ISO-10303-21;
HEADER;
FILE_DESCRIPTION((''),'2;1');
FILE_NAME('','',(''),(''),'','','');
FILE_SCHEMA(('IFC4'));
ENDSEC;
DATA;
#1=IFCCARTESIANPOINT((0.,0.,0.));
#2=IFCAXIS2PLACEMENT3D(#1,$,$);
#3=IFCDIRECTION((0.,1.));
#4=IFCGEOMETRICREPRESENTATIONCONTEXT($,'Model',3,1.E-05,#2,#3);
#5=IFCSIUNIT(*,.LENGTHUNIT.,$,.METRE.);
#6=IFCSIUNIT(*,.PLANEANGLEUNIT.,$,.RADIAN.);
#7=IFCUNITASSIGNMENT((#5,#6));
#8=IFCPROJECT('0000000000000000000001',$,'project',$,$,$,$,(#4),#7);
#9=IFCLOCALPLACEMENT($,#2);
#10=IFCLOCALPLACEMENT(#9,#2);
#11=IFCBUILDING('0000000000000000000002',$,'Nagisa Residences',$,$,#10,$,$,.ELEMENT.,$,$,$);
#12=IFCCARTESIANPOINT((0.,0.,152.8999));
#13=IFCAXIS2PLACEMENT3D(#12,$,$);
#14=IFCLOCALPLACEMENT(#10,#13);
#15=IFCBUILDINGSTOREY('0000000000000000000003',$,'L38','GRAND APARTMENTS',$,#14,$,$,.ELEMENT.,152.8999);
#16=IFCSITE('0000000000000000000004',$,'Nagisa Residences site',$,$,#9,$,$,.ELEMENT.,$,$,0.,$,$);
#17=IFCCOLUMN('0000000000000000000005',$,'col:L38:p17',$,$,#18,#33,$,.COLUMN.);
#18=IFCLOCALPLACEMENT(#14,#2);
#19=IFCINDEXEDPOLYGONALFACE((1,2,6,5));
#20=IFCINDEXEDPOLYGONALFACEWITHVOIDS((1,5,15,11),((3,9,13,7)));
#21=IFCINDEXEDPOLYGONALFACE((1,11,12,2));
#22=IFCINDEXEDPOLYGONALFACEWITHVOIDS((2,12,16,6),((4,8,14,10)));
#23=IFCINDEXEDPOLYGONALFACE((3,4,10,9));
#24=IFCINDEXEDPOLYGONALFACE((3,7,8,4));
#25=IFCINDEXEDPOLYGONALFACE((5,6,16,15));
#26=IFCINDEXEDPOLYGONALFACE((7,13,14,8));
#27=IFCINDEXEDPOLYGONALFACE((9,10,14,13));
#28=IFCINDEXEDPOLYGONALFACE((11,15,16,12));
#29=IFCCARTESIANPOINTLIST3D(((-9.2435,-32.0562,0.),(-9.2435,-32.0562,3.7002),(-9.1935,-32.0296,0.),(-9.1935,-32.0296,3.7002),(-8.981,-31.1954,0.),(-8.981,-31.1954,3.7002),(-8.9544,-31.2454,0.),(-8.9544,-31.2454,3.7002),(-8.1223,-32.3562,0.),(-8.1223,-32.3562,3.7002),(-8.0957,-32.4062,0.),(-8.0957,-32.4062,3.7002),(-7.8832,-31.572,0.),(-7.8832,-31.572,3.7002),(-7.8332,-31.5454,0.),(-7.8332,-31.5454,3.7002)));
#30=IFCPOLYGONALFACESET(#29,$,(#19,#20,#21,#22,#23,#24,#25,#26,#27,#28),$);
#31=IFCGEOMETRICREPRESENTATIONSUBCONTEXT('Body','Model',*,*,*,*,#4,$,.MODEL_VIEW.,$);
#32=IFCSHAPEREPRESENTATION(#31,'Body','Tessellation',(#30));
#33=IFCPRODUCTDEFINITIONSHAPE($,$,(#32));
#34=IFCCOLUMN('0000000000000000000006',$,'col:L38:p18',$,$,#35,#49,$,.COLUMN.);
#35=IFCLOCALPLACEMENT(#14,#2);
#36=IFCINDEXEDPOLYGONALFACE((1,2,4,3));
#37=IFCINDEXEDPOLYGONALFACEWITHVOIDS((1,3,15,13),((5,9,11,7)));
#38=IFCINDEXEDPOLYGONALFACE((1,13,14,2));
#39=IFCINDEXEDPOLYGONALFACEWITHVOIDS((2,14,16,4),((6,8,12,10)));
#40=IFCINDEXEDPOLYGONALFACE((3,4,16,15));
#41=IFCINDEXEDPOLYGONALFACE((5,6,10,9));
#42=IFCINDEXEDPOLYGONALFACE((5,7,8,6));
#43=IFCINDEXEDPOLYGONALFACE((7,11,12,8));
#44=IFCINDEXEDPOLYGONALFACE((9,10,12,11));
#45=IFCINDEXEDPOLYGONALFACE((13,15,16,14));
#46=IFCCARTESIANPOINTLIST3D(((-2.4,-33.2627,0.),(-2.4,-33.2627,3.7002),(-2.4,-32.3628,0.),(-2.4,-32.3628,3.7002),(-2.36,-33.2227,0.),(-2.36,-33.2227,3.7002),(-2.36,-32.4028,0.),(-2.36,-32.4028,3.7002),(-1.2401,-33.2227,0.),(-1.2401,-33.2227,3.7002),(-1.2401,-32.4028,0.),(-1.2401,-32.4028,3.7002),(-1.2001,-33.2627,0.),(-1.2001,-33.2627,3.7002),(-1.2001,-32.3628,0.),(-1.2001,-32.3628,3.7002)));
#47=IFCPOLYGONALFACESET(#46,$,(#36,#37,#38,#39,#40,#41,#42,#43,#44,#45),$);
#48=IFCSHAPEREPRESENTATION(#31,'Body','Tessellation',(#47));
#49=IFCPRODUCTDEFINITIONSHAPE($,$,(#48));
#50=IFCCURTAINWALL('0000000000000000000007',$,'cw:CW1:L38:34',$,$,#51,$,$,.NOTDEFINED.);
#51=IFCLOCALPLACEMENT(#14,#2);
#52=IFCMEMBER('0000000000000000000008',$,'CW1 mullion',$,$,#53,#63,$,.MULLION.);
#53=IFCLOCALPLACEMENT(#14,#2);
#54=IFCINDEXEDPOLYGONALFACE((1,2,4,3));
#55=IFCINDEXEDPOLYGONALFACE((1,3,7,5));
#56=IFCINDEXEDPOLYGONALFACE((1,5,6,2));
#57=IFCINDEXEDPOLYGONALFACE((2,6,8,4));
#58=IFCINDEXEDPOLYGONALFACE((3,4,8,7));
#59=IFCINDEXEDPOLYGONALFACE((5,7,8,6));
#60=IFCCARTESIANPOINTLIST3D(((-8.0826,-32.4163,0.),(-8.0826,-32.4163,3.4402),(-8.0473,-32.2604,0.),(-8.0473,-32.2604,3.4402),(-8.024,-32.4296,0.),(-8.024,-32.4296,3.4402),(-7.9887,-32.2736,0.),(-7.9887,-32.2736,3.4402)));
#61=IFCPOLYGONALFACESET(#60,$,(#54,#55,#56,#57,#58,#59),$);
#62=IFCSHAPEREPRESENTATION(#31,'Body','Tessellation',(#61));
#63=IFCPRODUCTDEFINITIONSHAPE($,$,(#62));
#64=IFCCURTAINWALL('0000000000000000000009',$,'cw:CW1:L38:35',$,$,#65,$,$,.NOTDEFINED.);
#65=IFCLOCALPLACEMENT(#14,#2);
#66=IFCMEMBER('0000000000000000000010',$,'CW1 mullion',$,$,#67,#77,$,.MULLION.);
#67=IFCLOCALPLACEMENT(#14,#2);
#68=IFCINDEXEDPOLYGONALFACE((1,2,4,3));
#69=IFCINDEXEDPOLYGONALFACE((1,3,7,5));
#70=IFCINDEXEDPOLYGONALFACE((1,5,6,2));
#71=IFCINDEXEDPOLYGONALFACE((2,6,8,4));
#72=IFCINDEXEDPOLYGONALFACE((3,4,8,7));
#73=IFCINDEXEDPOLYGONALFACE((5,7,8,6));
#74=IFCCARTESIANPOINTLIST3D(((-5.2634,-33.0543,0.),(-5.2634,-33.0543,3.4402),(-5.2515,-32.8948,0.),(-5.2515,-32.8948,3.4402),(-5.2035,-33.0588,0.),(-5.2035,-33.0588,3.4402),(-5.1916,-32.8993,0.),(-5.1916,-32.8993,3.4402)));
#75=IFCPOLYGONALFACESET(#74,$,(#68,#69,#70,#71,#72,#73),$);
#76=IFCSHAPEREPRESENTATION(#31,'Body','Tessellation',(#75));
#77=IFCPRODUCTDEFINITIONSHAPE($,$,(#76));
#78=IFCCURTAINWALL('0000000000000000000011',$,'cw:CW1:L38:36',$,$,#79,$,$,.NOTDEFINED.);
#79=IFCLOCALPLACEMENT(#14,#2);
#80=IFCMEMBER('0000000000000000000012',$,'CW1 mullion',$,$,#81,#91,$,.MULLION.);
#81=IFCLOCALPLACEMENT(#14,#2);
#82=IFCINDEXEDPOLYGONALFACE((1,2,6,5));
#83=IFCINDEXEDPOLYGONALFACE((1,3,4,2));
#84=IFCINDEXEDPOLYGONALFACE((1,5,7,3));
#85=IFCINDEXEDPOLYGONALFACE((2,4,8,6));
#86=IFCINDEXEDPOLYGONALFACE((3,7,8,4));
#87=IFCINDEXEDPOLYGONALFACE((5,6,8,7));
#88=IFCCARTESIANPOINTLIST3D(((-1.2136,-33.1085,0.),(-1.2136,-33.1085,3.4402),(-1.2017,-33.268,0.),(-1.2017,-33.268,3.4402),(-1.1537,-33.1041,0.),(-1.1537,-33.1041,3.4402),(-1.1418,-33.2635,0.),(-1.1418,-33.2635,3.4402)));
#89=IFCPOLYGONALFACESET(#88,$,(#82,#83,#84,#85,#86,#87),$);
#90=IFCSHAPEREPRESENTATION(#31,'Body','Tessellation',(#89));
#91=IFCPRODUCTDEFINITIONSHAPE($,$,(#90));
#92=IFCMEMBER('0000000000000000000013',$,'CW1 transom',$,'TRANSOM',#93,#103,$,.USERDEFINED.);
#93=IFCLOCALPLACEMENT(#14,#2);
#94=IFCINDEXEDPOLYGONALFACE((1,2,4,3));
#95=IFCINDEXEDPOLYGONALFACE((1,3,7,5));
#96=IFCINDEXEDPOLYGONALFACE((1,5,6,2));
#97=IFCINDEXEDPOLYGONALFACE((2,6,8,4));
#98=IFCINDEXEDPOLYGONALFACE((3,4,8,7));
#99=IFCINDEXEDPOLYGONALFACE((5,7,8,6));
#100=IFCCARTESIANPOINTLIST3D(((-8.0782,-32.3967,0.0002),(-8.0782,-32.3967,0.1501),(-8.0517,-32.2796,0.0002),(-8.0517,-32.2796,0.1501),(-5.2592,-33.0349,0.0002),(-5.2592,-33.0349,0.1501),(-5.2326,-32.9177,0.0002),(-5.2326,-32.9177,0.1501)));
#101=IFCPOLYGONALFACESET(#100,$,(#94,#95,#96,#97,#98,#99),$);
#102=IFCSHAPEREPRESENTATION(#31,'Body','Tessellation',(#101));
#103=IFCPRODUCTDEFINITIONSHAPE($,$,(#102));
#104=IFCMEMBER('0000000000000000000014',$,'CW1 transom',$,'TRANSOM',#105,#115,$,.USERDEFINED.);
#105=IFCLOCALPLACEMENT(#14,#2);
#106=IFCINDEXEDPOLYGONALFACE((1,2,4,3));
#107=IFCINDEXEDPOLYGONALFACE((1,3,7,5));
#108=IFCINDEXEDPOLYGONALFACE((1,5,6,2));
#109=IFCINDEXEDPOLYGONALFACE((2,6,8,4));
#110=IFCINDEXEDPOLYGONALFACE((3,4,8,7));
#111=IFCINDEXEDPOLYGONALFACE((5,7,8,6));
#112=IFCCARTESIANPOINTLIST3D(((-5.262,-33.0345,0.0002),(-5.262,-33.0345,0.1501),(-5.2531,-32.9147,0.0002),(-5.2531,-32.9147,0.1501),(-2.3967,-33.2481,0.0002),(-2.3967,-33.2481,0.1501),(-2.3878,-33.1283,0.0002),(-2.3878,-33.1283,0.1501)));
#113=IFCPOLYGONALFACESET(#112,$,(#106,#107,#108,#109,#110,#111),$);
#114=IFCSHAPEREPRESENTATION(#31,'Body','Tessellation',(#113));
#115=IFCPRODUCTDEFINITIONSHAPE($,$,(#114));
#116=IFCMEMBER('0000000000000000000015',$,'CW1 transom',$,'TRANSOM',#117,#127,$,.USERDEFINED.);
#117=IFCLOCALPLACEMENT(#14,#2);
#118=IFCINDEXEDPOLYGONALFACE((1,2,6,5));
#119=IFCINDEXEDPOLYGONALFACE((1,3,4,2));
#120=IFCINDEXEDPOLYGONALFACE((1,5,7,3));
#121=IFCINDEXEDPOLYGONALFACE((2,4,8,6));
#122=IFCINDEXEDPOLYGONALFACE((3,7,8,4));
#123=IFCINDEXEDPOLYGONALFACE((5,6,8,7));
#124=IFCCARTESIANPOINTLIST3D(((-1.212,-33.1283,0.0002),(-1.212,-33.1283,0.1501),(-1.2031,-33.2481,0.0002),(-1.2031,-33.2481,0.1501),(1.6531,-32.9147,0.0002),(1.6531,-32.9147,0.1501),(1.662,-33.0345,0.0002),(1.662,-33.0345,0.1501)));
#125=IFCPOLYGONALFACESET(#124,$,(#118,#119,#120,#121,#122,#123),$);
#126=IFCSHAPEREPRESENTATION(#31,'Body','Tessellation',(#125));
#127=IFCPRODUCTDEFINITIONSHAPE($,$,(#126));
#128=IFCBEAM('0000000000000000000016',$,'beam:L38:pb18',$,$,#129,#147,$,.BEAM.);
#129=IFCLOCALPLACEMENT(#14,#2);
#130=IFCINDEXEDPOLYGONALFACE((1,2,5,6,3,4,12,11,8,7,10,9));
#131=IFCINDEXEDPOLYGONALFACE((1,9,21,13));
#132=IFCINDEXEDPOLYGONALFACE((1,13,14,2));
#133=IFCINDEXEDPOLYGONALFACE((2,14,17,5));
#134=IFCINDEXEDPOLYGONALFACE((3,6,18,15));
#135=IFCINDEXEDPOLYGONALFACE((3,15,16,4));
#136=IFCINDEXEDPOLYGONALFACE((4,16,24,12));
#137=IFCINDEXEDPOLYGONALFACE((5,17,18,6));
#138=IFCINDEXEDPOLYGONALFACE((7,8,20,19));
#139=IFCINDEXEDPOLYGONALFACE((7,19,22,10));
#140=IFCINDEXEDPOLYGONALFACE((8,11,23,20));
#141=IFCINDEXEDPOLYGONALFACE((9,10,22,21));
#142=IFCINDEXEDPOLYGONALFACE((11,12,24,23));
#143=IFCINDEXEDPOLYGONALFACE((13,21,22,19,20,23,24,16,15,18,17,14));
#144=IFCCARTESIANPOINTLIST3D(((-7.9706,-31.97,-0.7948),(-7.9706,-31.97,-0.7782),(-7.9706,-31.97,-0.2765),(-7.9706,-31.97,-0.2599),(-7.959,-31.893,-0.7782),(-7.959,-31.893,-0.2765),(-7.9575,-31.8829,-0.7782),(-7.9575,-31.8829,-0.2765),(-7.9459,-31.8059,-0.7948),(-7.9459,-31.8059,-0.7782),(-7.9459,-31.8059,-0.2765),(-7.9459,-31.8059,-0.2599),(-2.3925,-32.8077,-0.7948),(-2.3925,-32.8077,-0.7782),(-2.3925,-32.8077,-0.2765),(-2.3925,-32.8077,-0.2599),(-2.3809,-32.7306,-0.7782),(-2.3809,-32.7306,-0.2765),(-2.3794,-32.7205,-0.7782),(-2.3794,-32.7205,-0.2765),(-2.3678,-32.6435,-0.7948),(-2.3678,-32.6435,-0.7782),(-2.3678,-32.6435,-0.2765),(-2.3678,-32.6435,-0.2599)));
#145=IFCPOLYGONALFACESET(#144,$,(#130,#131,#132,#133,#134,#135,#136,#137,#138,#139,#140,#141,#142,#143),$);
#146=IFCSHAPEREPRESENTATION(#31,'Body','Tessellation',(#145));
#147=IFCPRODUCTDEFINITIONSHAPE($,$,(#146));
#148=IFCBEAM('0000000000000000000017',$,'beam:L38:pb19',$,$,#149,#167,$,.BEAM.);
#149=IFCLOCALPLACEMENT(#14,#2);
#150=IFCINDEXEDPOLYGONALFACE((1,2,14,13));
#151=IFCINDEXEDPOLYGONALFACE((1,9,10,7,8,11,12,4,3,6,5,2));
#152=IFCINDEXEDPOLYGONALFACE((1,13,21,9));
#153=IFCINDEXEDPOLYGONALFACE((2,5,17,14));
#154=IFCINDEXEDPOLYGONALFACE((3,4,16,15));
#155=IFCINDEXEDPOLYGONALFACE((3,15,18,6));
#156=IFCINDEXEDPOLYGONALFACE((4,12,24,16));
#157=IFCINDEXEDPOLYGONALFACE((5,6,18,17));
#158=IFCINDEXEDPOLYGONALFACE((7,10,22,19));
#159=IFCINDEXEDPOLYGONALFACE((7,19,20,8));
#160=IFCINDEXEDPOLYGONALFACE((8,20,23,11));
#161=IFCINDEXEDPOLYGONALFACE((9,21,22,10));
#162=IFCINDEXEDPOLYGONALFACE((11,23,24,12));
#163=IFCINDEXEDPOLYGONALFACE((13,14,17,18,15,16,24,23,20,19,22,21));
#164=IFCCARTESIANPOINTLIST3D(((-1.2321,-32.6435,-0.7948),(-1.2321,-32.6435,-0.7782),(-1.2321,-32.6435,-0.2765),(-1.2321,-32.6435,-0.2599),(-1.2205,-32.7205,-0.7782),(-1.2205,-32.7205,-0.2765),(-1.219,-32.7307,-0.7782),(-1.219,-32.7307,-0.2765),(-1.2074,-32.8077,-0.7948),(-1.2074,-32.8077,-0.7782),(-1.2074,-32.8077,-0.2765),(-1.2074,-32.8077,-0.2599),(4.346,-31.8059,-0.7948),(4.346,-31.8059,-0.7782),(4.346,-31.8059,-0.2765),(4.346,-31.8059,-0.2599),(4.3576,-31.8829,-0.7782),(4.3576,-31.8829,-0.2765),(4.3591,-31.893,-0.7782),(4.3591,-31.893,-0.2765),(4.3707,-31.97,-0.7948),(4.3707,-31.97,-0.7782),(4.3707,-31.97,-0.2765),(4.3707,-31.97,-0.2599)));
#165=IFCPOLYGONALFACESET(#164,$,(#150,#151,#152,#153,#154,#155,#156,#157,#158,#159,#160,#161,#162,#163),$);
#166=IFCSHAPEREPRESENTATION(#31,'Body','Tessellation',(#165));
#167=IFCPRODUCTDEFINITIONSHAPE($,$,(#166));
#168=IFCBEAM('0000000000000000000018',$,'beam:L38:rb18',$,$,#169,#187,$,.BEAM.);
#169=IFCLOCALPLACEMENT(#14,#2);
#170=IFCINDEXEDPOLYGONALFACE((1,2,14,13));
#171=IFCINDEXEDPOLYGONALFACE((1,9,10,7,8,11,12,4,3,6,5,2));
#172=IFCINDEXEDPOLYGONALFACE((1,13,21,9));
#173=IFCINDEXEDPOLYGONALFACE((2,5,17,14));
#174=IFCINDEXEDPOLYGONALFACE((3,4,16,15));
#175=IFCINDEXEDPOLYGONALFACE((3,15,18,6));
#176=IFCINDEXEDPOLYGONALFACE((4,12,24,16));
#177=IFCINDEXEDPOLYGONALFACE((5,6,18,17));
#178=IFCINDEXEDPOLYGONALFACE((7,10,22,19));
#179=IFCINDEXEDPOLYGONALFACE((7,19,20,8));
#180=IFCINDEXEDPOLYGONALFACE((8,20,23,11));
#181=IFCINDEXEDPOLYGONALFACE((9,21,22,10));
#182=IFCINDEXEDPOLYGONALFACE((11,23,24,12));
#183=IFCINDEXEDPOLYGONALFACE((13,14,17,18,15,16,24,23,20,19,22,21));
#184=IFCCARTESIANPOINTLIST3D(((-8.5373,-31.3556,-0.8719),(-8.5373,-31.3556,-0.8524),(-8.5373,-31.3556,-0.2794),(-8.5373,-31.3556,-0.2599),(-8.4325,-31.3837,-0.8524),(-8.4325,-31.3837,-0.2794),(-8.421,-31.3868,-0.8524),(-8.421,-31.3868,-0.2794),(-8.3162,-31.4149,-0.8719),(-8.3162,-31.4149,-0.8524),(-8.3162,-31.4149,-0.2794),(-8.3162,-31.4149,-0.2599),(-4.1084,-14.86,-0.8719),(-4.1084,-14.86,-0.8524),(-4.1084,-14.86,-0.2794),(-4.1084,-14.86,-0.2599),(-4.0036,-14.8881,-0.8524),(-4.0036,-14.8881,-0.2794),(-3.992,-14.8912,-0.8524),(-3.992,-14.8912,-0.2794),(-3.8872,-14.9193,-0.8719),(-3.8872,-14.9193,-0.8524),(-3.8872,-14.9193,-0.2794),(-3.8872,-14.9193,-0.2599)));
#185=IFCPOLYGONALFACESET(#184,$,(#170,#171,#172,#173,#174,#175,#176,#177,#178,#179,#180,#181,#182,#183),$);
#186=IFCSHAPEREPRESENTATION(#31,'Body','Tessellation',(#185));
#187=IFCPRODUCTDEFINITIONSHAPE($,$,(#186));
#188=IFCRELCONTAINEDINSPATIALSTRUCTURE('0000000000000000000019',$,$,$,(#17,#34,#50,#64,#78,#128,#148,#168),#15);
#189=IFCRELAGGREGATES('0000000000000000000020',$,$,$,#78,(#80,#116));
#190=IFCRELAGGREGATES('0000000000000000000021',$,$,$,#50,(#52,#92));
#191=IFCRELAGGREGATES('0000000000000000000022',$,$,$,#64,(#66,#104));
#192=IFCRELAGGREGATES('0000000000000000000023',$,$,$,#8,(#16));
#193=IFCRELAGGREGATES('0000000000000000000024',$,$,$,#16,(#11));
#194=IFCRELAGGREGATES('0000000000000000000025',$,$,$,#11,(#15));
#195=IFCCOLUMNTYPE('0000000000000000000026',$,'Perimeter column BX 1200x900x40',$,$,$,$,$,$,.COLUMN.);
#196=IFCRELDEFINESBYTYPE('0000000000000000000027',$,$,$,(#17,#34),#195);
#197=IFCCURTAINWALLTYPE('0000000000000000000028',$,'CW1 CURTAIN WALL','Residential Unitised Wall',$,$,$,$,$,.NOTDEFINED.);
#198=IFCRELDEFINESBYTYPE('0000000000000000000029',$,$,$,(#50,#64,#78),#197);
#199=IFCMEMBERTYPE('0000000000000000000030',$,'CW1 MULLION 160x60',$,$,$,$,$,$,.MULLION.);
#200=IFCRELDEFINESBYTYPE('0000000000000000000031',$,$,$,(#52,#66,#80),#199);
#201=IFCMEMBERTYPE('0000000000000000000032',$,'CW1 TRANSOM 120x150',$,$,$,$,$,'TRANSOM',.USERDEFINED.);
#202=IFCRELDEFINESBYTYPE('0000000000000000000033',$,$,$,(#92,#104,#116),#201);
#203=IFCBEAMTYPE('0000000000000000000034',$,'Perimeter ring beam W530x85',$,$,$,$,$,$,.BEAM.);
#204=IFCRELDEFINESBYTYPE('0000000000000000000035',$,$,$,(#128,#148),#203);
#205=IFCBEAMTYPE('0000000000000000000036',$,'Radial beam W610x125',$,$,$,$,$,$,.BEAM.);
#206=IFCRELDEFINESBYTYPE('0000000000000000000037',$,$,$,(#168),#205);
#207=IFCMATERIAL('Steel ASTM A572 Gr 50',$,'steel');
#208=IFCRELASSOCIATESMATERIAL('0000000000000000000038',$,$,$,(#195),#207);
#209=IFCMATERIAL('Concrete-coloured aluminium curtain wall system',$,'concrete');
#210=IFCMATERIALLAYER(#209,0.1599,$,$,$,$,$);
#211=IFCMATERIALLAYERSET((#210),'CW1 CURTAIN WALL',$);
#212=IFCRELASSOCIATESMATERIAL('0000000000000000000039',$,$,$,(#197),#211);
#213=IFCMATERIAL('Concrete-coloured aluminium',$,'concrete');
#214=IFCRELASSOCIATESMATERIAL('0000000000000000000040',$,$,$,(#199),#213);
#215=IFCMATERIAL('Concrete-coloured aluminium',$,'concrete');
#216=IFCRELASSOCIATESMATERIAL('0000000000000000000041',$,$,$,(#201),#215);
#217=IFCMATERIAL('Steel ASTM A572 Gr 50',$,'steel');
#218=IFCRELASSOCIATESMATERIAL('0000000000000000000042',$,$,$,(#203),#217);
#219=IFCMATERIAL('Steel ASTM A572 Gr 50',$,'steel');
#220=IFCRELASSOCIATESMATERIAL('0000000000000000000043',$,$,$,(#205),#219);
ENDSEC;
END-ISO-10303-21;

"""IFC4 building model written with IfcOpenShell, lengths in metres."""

from ifc_helpers import new_model, si_unit, direction, frame, origin, origin_2d, place, context, subcontext, project, spatial, rectangle, hollow_rectangle, i_section, extrude, material, layer, layer_set, material_profile, profile_set, type_object, element, aggregate, save


model = new_model("IFC4")

# Units and contexts
model_context = context("Model", 3, precision=1e-05, world=origin(), true_north=direction((0.0, 1.0)))
body_context = subcontext(model_context, "Body", "Model", "MODEL_VIEW")
ifc_project = project(units=[si_unit("LENGTHUNIT", "METRE"), si_unit("PLANEANGLEUNIT", "RADIAN")], contexts=[model_context])

# Site, building, storey
site_placement = place(None, origin())
site = spatial("IfcSite", under=ifc_project, at=site_placement, Name="Nagisa Residences site", CompositionType="ELEMENT", RefElevation=0.0)
building_placement = place(site_placement, origin())
building = spatial("IfcBuilding", under=site, at=building_placement, Name="Nagisa Residences", CompositionType="ELEMENT")
storey_placement = place(building_placement, frame((0.0, 0.0, 152.8999)))
storey = spatial("IfcBuildingStorey", under=building, at=storey_placement, Name="L38", Description="GRAND APARTMENTS", CompositionType="ELEMENT", Elevation=152.8999)

# Columns
ifc_material_1 = material(Name="Steel ASTM A572 Gr 50", Category="steel")
ifc_material_profile_1 = material_profile(ifc_material_1, hollow_rectangle(XDim=1.2, YDim=0.8999, WallThickness=0.04, at=origin_2d()), Name="BX 1200x900x40")
ifc_profile_set_1 = profile_set([ifc_material_profile_1], Name="Steel ASTM A572 Gr 50")
column_type = type_object("IfcColumnType", Name="Perimeter column BX 1200x900x40", PredefinedType="COLUMN", material=ifc_profile_set_1)
for number, where, z_axis, x_axis, name in (
    (1, (-8.5383, -31.8008, 0.0), (0.0, 0.0, 1.0), (0.956525, -0.291652, 0.0), "col:L38:p17"),
    (2, (-1.8, -32.8127, 0.0), (0.0, 0.0, 1.0), (1.0, 0.0, 0.0), "col:L38:p18"),
):
    element("IfcColumn", number, at=place(storey_placement, frame(where, z_axis=z_axis, x_axis=x_axis)), inside=storey, type_object=column_type, Name=name, PredefinedType="COLUMN", context=body_context, shape_type="SweptSolid", body=[
        extrude(hollow_rectangle(XDim=1.2, YDim=0.8999, WallThickness=0.04, at=origin_2d()), origin(), (0.0, 0.0, 1.0), 3.7002),
    ])

# Curtain walls, members
ifc_material_2 = material(Name="Concrete-coloured aluminium curtain wall system", Category="concrete")
ifc_layer_1 = layer(ifc_material_2, 0.1599)
ifc_layer_set_1 = layer_set([ifc_layer_1], Name="CW1 CURTAIN WALL")
curtain_wall_type = type_object("IfcCurtainWallType", Name="CW1 CURTAIN WALL", Description="Residential Unitised Wall", PredefinedType="NOTDEFINED", material=ifc_layer_set_1)
curtain_wall_1_placement = place(storey_placement, origin())
curtain_wall_1 = element("IfcCurtainWall", 3, at=curtain_wall_1_placement, inside=storey, type_object=curtain_wall_type, Name="cw:CW1:L38:34", PredefinedType="NOTDEFINED")
ifc_material_3 = material(Name="Concrete-coloured aluminium", Category="concrete")
ifc_material_profile_2 = material_profile(ifc_material_3, rectangle(XDim=0.1599, YDim=0.0601, at=origin_2d()), Name="CW1 MULLION 160x60")
ifc_profile_set_2 = profile_set([ifc_material_profile_2], Name="Concrete-coloured aluminium")
member_type_1 = type_object("IfcMemberType", Name="CW1 MULLION 160x60", PredefinedType="MULLION", material=ifc_profile_set_2)
member_1_placement = place(storey_placement, frame((-8.0356, -32.345, 0.0), z_axis=(0.0, 0.0, 1.0), x_axis=(0.220764, 0.975327, 0.0)))
member_1 = element("IfcMember", 4, at=member_1_placement, type_object=member_type_1, Name="CW1 mullion", PredefinedType="MULLION", context=body_context, shape_type="SweptSolid", body=[
    extrude(rectangle(XDim=0.1599, YDim=0.0601, at=origin_2d()), origin(), (0.0, 0.0, 1.0), 3.4402),
])
curtain_wall_2_placement = place(storey_placement, origin())
curtain_wall_2 = element("IfcCurtainWall", 5, at=curtain_wall_2_placement, inside=storey, type_object=curtain_wall_type, Name="cw:CW1:L38:35", PredefinedType="NOTDEFINED")
member_2_placement = place(storey_placement, frame((-5.2275, -32.9768, 0.0), z_axis=(0.0, 0.0, 1.0), x_axis=(0.074377, 0.99723, 0.0)))
member_2 = element("IfcMember", 6, at=member_2_placement, type_object=member_type_1, Name="CW1 mullion", PredefinedType="MULLION", context=body_context, shape_type="SweptSolid", body=[
    extrude(rectangle(XDim=0.1599, YDim=0.0601, at=origin_2d()), origin(), (0.0, 0.0, 1.0), 3.4402),
])
curtain_wall_3_placement = place(storey_placement, origin())
curtain_wall_3 = element("IfcCurtainWall", 7, at=curtain_wall_3_placement, inside=storey, type_object=curtain_wall_type, Name="cw:CW1:L38:36", PredefinedType="NOTDEFINED")
member_3_placement = place(storey_placement, frame((-1.1777, -33.186, 0.0), z_axis=(0.0, 0.0, 1.0), x_axis=(-0.074377, 0.99723, 0.0)))
member_3 = element("IfcMember", 8, at=member_3_placement, type_object=member_type_1, Name="CW1 mullion", PredefinedType="MULLION", context=body_context, shape_type="SweptSolid", body=[
    extrude(rectangle(XDim=0.1599, YDim=0.0601, at=origin_2d()), origin(), (0.0, 0.0, 1.0), 3.4402),
])

# Members
ifc_material_4 = material(Name="Concrete-coloured aluminium", Category="concrete")
ifc_material_profile_3 = material_profile(ifc_material_4, rectangle(XDim=0.1201, YDim=0.1499, at=origin_2d()), Name="CW1 TRANSOM 120x150")
ifc_profile_set_3 = profile_set([ifc_material_profile_3], Name="Concrete-coloured aluminium")
member_type_2 = type_object("IfcMemberType", Name="CW1 TRANSOM 120x150", ElementType="TRANSOM", PredefinedType="USERDEFINED", material=ifc_profile_set_3)
member_4_placement = place(storey_placement, frame((-8.0649, -32.3381, 0.0752), z_axis=(0.975321, -0.220792, 0.0), x_axis=(0.220792, 0.975321, 0.0)))
member_4 = element("IfcMember", 9, at=member_4_placement, type_object=member_type_2, Name="CW1 transom", ObjectType="TRANSOM", PredefinedType="USERDEFINED", context=body_context, shape_type="SweptSolid", body=[
    extrude(rectangle(XDim=0.1201, YDim=0.1499, at=origin_2d()), origin(), (0.0, 0.0, 1.0), 2.8904),
])
member_5_placement = place(storey_placement, frame((-5.2576, -32.9746, 0.0752), z_axis=(0.997232, -0.074351, 0.0), x_axis=(0.074351, 0.997232, 0.0)))
member_5 = element("IfcMember", 10, at=member_5_placement, type_object=member_type_2, Name="CW1 transom", ObjectType="TRANSOM", PredefinedType="USERDEFINED", context=body_context, shape_type="SweptSolid", body=[
    extrude(rectangle(XDim=0.1201, YDim=0.1499, at=origin_2d()), origin(), (0.0, 0.0, 1.0), 2.8733),
])
member_6_placement = place(storey_placement, frame((-1.2075, -33.1882, 0.0752), z_axis=(0.997232, 0.074357, 0.0), x_axis=(-0.074357, 0.997232, 0.0)))
member_6 = element("IfcMember", 11, at=member_6_placement, type_object=member_type_2, Name="CW1 transom", ObjectType="TRANSOM", PredefinedType="USERDEFINED", context=body_context, shape_type="SweptSolid", body=[
    extrude(rectangle(XDim=0.1201, YDim=0.1499, at=origin_2d()), origin(), (0.0, 0.0, 1.0), 2.873),
])
aggregate(curtain_wall_3, [member_3, member_6])

# Beams
ifc_material_5 = material(Name="Steel ASTM A572 Gr 50", Category="steel")
ifc_material_profile_4 = material_profile(ifc_material_5, i_section(OverallWidth=0.166, OverallDepth=0.5349, WebThickness=0.0103, FlangeThickness=0.0166, at=origin_2d()), Name="W530x85")
ifc_profile_set_4 = profile_set([ifc_material_profile_4], Name="Steel ASTM A572 Gr 50")
beam_type_1 = type_object("IfcBeamType", Name="Perimeter ring beam W530x85", PredefinedType="BEAM", material=ifc_profile_set_4)
for number, where, z_axis, x_axis, name in (
    (12, (-7.9583, -31.8879, -0.5273), (0.988912, -0.148501, 0.0), (0.148501, 0.988912, 0.0), "beam:L38:pb18"),
    (13, (-1.2197, -32.7256, -0.5273), (0.988912, 0.148501, 0.0), (-0.148501, 0.988912, 0.0), "beam:L38:pb19"),
):
    element("IfcBeam", number, at=place(storey_placement, frame(where, z_axis=z_axis, x_axis=x_axis)), inside=storey, type_object=beam_type_1, Name=name, PredefinedType="BEAM", context=body_context, shape_type="SweptSolid", body=[
        extrude(i_section(OverallWidth=0.166, OverallDepth=0.5349, WebThickness=0.0103, FlangeThickness=0.0166, at=origin_2d()), origin(), (0.0, 0.0, 1.0), 5.6406),
    ])
ifc_material_6 = material(Name="Steel ASTM A572 Gr 50", Category="steel")
ifc_material_profile_5 = material_profile(ifc_material_6, i_section(OverallWidth=0.229, OverallDepth=0.6121, WebThickness=0.012, FlangeThickness=0.0195, at=origin_2d()), Name="W610x125")
ifc_profile_set_5 = profile_set([ifc_material_profile_5], Name="Steel ASTM A572 Gr 50")
beam_type_2 = type_object("IfcBeamType", Name="Radial beam W610x125", PredefinedType="BEAM", material=ifc_profile_set_5)
beam_1_placement = place(storey_placement, frame((-8.4268, -31.3853, -0.5659), z_axis=(0.259309, 0.965794, 0.0), x_axis=(-0.965794, 0.259309, 0.0)))
element("IfcBeam", 14, at=beam_1_placement, inside=storey, type_object=beam_type_2, Name="beam:L38:rb18", PredefinedType="BEAM", context=body_context, shape_type="SweptSolid", body=[
    extrude(i_section(OverallWidth=0.229, OverallDepth=0.6121, WebThickness=0.012, FlangeThickness=0.0195, at=origin_2d()), origin(), (0.0, 0.0, 1.0), 17.0798),
])

aggregate(curtain_wall_1, [member_1, member_4])
aggregate(curtain_wall_2, [member_2, member_5])

save(model, "model.ifc")
